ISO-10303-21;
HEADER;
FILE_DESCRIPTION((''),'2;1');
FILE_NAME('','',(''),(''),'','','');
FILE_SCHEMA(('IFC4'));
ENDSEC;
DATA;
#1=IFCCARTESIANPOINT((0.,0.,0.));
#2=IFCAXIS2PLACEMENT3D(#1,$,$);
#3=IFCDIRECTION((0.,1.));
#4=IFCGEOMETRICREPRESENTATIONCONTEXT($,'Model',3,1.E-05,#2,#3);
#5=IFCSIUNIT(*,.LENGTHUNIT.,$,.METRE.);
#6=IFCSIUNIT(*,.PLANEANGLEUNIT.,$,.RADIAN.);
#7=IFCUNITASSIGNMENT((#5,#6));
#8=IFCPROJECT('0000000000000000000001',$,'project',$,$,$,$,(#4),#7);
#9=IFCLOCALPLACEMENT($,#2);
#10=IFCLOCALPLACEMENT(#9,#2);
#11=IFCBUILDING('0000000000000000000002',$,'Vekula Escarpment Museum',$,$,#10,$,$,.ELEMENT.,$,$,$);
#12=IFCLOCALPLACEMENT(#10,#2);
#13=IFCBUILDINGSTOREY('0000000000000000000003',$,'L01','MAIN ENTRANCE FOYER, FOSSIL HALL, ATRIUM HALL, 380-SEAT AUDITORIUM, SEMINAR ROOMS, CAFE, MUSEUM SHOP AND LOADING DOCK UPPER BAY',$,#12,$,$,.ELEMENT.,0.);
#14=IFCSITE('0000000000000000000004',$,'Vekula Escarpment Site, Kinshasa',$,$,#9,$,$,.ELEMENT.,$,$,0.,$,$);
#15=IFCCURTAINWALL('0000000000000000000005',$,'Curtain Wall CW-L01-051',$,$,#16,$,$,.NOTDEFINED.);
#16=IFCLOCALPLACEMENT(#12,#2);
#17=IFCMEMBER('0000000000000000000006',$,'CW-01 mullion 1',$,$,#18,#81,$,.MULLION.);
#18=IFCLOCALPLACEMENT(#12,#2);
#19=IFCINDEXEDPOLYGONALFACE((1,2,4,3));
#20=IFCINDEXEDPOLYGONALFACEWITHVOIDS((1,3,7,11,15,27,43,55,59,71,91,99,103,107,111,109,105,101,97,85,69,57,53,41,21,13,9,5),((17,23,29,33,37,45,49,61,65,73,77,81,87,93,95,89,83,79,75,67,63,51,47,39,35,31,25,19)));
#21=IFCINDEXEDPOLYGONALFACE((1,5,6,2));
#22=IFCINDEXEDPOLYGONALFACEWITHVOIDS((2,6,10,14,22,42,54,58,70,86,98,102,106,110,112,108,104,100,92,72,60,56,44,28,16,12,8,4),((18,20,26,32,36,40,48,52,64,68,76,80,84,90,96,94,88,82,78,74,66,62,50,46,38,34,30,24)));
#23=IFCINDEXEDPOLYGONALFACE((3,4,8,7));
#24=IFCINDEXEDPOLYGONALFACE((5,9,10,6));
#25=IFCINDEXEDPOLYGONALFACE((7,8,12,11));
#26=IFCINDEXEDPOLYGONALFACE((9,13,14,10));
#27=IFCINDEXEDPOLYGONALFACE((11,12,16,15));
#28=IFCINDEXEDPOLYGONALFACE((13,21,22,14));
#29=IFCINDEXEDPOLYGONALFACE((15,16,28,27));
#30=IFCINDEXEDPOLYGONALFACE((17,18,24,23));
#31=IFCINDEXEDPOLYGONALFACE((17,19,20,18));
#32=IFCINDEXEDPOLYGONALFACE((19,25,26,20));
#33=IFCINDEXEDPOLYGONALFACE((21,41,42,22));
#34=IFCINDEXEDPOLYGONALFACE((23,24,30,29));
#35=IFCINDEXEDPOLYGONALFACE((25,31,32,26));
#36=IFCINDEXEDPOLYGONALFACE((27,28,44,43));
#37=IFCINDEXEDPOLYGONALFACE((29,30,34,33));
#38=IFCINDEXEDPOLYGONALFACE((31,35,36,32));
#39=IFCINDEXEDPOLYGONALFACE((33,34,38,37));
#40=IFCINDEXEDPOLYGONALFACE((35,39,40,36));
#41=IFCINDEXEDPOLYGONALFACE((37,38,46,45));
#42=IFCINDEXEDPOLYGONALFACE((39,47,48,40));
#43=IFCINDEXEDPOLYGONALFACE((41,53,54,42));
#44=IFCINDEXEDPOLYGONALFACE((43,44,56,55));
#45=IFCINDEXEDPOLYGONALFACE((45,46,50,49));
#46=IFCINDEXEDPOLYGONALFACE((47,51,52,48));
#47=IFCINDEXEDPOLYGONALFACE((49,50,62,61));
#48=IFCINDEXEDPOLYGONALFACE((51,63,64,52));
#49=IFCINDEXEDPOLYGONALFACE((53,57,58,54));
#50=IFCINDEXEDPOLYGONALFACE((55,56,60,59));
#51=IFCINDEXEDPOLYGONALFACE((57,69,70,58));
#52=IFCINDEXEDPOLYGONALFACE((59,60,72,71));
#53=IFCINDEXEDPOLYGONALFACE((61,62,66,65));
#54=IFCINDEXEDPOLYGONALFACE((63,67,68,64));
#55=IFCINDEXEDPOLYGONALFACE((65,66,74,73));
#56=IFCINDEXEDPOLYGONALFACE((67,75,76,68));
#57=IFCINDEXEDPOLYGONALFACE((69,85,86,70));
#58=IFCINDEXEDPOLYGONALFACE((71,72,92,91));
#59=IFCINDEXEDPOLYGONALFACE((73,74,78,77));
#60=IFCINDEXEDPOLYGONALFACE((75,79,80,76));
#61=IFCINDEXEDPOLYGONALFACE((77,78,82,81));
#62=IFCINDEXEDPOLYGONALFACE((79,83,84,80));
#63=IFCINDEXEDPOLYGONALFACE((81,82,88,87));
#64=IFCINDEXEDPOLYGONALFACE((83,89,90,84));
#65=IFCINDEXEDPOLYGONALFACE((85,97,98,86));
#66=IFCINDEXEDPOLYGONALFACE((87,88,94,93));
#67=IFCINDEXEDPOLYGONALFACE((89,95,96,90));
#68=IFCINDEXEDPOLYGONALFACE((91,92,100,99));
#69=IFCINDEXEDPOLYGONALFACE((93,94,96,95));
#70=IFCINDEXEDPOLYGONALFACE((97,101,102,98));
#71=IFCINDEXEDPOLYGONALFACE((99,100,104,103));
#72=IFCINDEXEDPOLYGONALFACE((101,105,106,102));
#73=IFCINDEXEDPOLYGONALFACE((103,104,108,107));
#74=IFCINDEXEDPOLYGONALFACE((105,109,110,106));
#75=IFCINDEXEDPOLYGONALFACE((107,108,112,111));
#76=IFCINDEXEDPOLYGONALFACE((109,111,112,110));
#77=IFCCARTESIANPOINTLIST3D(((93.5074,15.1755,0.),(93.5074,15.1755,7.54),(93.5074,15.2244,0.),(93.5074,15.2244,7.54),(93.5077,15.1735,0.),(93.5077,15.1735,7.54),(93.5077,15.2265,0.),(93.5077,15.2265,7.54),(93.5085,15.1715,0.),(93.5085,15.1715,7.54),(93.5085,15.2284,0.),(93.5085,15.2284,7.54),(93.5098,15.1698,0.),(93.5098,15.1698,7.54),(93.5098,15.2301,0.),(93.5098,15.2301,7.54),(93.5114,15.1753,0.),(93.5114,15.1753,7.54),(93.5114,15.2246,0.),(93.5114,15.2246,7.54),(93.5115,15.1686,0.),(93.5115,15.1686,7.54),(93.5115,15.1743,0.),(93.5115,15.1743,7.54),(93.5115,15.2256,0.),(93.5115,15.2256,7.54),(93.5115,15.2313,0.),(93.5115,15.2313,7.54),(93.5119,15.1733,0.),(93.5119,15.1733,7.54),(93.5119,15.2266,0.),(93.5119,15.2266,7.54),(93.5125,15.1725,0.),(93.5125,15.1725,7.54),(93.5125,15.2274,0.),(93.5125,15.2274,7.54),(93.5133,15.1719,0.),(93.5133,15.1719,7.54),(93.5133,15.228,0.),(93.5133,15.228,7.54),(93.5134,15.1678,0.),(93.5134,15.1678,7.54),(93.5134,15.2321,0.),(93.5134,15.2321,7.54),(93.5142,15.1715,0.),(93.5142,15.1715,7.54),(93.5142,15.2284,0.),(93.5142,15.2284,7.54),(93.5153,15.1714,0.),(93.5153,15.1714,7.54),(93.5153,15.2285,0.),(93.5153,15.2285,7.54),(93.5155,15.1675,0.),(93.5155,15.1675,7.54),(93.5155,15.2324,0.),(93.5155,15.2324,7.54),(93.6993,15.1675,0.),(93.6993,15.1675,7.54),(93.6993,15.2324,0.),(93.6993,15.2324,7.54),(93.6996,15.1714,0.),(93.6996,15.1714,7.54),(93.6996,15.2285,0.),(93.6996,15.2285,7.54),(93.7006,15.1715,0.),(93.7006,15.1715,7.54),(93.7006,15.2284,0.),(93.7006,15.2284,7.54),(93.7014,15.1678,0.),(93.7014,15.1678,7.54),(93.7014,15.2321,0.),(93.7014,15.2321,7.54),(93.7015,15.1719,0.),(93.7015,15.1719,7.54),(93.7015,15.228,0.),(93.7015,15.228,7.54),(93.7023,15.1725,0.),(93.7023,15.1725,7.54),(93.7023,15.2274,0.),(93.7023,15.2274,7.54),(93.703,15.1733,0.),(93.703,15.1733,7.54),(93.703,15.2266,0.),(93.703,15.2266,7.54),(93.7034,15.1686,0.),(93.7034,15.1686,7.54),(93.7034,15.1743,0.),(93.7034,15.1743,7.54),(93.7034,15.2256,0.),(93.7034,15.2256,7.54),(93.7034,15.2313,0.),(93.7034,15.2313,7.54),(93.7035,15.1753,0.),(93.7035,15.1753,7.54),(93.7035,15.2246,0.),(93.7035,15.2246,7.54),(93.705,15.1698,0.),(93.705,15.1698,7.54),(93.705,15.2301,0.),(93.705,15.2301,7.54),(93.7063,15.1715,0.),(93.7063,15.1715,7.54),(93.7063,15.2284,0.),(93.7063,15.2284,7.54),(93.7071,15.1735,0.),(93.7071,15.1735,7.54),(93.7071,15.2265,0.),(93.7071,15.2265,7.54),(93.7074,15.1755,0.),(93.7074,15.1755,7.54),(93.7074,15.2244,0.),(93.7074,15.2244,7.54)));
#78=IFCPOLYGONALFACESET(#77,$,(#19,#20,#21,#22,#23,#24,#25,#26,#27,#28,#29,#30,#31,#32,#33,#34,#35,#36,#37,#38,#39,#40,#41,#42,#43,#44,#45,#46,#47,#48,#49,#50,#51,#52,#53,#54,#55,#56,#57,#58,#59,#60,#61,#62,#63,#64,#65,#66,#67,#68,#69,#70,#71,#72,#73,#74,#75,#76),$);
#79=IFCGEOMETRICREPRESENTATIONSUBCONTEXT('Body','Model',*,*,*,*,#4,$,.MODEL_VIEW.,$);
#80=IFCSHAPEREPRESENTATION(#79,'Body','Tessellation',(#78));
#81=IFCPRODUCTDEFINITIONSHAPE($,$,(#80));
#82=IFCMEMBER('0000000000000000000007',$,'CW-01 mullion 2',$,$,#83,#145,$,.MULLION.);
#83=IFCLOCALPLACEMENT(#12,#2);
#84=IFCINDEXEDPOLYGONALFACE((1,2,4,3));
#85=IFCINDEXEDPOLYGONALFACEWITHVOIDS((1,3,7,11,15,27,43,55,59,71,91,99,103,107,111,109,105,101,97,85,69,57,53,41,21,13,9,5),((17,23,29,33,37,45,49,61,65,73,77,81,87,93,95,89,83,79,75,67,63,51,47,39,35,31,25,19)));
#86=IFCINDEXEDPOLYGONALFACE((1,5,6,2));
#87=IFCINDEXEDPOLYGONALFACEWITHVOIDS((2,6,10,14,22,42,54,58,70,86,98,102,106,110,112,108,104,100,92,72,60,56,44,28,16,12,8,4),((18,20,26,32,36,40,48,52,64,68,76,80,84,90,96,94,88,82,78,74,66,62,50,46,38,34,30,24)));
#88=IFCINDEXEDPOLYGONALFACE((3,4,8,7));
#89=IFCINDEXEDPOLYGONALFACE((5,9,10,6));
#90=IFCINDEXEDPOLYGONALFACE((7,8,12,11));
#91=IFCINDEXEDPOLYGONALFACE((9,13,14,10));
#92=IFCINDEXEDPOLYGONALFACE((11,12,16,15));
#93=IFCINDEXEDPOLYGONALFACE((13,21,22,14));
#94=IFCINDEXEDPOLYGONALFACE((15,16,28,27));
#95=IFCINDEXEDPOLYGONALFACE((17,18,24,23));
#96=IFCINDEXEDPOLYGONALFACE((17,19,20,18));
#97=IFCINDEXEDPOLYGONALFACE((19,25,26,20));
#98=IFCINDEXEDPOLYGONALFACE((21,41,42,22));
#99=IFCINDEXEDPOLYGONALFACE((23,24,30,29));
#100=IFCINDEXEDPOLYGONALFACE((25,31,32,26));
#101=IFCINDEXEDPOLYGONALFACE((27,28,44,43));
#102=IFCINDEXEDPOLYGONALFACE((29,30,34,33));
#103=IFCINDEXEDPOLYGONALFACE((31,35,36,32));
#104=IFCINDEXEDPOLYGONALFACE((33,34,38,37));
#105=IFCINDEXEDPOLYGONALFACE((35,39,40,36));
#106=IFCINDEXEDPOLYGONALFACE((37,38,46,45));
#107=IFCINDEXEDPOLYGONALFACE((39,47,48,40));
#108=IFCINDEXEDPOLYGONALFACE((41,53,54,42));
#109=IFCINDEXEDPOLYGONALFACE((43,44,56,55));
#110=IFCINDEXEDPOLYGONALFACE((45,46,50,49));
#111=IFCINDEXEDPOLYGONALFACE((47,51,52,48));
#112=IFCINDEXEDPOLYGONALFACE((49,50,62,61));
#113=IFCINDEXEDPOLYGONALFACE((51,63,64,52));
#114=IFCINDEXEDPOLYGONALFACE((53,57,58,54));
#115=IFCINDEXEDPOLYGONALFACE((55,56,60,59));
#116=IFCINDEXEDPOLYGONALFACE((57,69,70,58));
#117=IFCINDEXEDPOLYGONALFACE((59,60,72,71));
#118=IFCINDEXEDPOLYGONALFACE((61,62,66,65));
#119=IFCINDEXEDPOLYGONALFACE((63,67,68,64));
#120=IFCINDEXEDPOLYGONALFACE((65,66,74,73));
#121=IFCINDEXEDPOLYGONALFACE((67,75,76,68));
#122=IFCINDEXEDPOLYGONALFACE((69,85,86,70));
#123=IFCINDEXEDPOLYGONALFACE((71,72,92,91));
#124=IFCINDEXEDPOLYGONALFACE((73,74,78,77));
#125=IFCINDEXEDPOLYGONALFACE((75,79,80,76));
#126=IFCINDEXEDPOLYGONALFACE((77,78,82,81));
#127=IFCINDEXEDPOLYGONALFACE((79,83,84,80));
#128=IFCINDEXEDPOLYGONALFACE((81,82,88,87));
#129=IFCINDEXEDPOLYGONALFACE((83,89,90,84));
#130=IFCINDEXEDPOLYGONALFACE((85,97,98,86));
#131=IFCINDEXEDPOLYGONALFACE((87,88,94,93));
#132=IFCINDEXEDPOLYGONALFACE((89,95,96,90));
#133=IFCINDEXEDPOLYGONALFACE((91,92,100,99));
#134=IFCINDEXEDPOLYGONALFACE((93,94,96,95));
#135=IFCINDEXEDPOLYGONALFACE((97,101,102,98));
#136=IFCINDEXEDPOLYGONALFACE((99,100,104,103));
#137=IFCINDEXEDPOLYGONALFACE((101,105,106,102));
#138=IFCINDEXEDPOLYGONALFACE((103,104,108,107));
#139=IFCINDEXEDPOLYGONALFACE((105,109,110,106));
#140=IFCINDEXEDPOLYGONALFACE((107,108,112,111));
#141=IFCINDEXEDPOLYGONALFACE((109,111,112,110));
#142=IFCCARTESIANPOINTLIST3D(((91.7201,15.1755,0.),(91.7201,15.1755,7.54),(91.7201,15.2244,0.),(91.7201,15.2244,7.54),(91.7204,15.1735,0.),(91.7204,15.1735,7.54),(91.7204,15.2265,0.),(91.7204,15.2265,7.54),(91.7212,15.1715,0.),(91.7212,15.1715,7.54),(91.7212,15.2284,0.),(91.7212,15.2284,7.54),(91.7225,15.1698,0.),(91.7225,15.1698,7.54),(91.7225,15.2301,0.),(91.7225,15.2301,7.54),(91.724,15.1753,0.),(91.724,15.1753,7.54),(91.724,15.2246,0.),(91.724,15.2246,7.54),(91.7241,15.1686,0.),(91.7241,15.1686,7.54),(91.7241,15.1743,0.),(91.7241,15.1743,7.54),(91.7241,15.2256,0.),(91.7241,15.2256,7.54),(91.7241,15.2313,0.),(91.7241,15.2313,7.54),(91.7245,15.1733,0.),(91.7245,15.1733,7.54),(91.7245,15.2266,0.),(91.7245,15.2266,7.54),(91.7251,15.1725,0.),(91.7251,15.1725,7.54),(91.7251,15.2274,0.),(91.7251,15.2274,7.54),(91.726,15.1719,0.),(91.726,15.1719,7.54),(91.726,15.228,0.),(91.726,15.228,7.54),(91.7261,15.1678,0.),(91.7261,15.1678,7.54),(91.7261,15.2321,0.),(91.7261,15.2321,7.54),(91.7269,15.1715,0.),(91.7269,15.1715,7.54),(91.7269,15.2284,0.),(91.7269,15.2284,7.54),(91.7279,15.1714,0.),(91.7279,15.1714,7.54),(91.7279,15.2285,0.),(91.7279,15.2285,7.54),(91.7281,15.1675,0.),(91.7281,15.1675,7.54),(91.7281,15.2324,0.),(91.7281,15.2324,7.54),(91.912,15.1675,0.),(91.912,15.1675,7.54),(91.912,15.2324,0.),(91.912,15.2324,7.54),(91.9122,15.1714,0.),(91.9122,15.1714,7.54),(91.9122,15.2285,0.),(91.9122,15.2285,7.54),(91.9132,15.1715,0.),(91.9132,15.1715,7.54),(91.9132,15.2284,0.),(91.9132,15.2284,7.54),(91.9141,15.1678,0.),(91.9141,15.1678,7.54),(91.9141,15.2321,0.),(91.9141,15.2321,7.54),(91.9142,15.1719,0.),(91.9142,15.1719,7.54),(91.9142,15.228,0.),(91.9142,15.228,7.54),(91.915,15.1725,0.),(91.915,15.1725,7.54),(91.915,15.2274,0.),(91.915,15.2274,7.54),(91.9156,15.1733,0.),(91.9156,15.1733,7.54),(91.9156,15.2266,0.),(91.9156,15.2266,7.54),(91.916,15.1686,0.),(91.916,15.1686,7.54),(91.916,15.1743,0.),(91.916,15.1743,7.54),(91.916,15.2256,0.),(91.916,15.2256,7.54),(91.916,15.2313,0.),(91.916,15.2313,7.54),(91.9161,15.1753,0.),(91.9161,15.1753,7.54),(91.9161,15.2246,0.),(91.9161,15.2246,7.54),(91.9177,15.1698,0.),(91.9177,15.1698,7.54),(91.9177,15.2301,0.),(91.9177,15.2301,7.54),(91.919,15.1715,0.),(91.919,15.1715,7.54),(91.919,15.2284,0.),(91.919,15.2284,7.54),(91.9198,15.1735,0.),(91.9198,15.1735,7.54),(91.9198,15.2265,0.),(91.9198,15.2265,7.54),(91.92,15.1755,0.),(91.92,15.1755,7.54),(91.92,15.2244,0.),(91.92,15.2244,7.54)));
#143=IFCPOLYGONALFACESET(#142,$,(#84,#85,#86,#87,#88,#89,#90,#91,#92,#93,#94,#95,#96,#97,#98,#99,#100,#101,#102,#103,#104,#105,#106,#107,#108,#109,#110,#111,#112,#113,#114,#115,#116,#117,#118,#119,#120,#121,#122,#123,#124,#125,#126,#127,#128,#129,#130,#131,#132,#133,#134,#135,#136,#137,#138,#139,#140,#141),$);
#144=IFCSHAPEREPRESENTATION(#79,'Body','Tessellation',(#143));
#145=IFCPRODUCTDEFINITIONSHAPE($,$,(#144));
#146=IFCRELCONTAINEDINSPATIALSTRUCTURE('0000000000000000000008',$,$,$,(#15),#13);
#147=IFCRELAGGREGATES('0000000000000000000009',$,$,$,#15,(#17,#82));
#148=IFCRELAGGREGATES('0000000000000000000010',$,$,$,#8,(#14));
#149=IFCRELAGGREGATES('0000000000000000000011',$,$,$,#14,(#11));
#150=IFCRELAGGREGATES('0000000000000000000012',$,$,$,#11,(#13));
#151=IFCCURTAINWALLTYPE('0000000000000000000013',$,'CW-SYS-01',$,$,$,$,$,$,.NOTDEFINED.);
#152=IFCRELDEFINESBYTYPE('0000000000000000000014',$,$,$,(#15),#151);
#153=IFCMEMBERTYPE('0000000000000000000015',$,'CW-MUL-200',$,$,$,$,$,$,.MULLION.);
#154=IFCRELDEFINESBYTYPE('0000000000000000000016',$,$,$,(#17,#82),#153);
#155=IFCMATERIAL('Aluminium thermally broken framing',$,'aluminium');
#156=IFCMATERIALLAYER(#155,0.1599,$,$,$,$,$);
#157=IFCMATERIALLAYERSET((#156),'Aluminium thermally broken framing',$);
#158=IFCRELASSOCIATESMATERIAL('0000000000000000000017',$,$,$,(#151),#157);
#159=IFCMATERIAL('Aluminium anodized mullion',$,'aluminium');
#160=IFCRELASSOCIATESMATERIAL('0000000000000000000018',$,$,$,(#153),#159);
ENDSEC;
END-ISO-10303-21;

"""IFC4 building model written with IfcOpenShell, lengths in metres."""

from ifc_helpers import new_model, si_unit, direction, frame, origin, origin_2d, place, context, subcontext, project, spatial, hollow_rectangle, extrude, material, layer, layer_set, material_profile, profile_set, type_object, element, aggregate, save


model = new_model("IFC4")

# Units and contexts
model_context = context("Model", 3, precision=1e-05, world=origin(), true_north=direction((0.0, 1.0)))
body_context = subcontext(model_context, "Body", "Model", "MODEL_VIEW")
ifc_project = project(units=[si_unit("LENGTHUNIT", "METRE"), si_unit("PLANEANGLEUNIT", "RADIAN")], contexts=[model_context])

# Site, building, storey
site_placement = place(None, origin())
site = spatial("IfcSite", under=ifc_project, at=site_placement, Name="Vekula Escarpment Site, Kinshasa", CompositionType="ELEMENT", RefElevation=0.0)
building_placement = place(site_placement, origin())
building = spatial("IfcBuilding", under=site, at=building_placement, Name="Vekula Escarpment Museum", CompositionType="ELEMENT")
storey_placement = place(building_placement, origin())
storey = spatial("IfcBuildingStorey", under=building, at=storey_placement, Name="L01", Description="MAIN ENTRANCE FOYER, FOSSIL HALL, ATRIUM HALL, 380-SEAT AUDITORIUM, SEMINAR ROOMS, CAFE, MUSEUM SHOP AND LOADING DOCK UPPER BAY", CompositionType="ELEMENT", Elevation=0.0)

# Curtain wall, members
ifc_material_1 = material(Name="Aluminium thermally broken framing", Category="aluminium")
ifc_layer_1 = layer(ifc_material_1, 0.1599)
ifc_layer_set_1 = layer_set([ifc_layer_1], Name="Aluminium thermally broken framing")
curtain_wall_type = type_object("IfcCurtainWallType", Name="CW-SYS-01", PredefinedType="NOTDEFINED", material=ifc_layer_set_1)
curtain_wall_placement = place(storey_placement, origin())
curtain_wall = element("IfcCurtainWall", 1, at=curtain_wall_placement, inside=storey, type_object=curtain_wall_type, Name="Curtain Wall CW-L01-051", PredefinedType="NOTDEFINED")
ifc_material_2 = material(Name="Aluminium anodized mullion", Category="aluminium")
ifc_material_profile_1 = material_profile(ifc_material_2, hollow_rectangle(XDim=0.0649, YDim=0.2, WallThickness=0.0039, InnerFilletRadius=0.0039, OuterFilletRadius=0.0081, at=origin_2d()), Name="ALU 200x65x4")
ifc_profile_set_1 = profile_set([ifc_material_profile_1], Name="Aluminium anodized mullion")
member_type_1 = type_object("IfcMemberType", Name="CW-MUL-200", PredefinedType="MULLION", material=ifc_profile_set_1)
member_1_placement = place(storey_placement, frame((93.6074, 15.2, 0.0), z_axis=(0.0, 0.0, 1.0), x_axis=(0.0, -1.0, 0.0)))
member_1 = element("IfcMember", 2, at=member_1_placement, type_object=member_type_1, Name="CW-01 mullion 1", PredefinedType="MULLION", context=body_context, shape_type="SweptSolid", body=[
    extrude(hollow_rectangle(XDim=0.0649, YDim=0.2, WallThickness=0.0039, InnerFilletRadius=0.0039, OuterFilletRadius=0.0081, at=origin_2d()), origin(), (0.0, 0.0, 1.0), 7.54),
])
member_2_placement = place(storey_placement, frame((91.8201, 15.2, 0.0), z_axis=(0.0, 0.0, 1.0), x_axis=(0.0, -1.0, 0.0)))
member_2 = element("IfcMember", 3, at=member_2_placement, type_object=member_type_1, Name="CW-01 mullion 2", PredefinedType="MULLION", context=body_context, shape_type="SweptSolid", body=[
    extrude(hollow_rectangle(XDim=0.0649, YDim=0.2, WallThickness=0.0039, InnerFilletRadius=0.0039, OuterFilletRadius=0.0081, at=origin_2d()), origin(), (0.0, 0.0, 1.0), 7.54),
])
aggregate(curtain_wall, [member_1, member_2])

save(model, "model.ifc")
